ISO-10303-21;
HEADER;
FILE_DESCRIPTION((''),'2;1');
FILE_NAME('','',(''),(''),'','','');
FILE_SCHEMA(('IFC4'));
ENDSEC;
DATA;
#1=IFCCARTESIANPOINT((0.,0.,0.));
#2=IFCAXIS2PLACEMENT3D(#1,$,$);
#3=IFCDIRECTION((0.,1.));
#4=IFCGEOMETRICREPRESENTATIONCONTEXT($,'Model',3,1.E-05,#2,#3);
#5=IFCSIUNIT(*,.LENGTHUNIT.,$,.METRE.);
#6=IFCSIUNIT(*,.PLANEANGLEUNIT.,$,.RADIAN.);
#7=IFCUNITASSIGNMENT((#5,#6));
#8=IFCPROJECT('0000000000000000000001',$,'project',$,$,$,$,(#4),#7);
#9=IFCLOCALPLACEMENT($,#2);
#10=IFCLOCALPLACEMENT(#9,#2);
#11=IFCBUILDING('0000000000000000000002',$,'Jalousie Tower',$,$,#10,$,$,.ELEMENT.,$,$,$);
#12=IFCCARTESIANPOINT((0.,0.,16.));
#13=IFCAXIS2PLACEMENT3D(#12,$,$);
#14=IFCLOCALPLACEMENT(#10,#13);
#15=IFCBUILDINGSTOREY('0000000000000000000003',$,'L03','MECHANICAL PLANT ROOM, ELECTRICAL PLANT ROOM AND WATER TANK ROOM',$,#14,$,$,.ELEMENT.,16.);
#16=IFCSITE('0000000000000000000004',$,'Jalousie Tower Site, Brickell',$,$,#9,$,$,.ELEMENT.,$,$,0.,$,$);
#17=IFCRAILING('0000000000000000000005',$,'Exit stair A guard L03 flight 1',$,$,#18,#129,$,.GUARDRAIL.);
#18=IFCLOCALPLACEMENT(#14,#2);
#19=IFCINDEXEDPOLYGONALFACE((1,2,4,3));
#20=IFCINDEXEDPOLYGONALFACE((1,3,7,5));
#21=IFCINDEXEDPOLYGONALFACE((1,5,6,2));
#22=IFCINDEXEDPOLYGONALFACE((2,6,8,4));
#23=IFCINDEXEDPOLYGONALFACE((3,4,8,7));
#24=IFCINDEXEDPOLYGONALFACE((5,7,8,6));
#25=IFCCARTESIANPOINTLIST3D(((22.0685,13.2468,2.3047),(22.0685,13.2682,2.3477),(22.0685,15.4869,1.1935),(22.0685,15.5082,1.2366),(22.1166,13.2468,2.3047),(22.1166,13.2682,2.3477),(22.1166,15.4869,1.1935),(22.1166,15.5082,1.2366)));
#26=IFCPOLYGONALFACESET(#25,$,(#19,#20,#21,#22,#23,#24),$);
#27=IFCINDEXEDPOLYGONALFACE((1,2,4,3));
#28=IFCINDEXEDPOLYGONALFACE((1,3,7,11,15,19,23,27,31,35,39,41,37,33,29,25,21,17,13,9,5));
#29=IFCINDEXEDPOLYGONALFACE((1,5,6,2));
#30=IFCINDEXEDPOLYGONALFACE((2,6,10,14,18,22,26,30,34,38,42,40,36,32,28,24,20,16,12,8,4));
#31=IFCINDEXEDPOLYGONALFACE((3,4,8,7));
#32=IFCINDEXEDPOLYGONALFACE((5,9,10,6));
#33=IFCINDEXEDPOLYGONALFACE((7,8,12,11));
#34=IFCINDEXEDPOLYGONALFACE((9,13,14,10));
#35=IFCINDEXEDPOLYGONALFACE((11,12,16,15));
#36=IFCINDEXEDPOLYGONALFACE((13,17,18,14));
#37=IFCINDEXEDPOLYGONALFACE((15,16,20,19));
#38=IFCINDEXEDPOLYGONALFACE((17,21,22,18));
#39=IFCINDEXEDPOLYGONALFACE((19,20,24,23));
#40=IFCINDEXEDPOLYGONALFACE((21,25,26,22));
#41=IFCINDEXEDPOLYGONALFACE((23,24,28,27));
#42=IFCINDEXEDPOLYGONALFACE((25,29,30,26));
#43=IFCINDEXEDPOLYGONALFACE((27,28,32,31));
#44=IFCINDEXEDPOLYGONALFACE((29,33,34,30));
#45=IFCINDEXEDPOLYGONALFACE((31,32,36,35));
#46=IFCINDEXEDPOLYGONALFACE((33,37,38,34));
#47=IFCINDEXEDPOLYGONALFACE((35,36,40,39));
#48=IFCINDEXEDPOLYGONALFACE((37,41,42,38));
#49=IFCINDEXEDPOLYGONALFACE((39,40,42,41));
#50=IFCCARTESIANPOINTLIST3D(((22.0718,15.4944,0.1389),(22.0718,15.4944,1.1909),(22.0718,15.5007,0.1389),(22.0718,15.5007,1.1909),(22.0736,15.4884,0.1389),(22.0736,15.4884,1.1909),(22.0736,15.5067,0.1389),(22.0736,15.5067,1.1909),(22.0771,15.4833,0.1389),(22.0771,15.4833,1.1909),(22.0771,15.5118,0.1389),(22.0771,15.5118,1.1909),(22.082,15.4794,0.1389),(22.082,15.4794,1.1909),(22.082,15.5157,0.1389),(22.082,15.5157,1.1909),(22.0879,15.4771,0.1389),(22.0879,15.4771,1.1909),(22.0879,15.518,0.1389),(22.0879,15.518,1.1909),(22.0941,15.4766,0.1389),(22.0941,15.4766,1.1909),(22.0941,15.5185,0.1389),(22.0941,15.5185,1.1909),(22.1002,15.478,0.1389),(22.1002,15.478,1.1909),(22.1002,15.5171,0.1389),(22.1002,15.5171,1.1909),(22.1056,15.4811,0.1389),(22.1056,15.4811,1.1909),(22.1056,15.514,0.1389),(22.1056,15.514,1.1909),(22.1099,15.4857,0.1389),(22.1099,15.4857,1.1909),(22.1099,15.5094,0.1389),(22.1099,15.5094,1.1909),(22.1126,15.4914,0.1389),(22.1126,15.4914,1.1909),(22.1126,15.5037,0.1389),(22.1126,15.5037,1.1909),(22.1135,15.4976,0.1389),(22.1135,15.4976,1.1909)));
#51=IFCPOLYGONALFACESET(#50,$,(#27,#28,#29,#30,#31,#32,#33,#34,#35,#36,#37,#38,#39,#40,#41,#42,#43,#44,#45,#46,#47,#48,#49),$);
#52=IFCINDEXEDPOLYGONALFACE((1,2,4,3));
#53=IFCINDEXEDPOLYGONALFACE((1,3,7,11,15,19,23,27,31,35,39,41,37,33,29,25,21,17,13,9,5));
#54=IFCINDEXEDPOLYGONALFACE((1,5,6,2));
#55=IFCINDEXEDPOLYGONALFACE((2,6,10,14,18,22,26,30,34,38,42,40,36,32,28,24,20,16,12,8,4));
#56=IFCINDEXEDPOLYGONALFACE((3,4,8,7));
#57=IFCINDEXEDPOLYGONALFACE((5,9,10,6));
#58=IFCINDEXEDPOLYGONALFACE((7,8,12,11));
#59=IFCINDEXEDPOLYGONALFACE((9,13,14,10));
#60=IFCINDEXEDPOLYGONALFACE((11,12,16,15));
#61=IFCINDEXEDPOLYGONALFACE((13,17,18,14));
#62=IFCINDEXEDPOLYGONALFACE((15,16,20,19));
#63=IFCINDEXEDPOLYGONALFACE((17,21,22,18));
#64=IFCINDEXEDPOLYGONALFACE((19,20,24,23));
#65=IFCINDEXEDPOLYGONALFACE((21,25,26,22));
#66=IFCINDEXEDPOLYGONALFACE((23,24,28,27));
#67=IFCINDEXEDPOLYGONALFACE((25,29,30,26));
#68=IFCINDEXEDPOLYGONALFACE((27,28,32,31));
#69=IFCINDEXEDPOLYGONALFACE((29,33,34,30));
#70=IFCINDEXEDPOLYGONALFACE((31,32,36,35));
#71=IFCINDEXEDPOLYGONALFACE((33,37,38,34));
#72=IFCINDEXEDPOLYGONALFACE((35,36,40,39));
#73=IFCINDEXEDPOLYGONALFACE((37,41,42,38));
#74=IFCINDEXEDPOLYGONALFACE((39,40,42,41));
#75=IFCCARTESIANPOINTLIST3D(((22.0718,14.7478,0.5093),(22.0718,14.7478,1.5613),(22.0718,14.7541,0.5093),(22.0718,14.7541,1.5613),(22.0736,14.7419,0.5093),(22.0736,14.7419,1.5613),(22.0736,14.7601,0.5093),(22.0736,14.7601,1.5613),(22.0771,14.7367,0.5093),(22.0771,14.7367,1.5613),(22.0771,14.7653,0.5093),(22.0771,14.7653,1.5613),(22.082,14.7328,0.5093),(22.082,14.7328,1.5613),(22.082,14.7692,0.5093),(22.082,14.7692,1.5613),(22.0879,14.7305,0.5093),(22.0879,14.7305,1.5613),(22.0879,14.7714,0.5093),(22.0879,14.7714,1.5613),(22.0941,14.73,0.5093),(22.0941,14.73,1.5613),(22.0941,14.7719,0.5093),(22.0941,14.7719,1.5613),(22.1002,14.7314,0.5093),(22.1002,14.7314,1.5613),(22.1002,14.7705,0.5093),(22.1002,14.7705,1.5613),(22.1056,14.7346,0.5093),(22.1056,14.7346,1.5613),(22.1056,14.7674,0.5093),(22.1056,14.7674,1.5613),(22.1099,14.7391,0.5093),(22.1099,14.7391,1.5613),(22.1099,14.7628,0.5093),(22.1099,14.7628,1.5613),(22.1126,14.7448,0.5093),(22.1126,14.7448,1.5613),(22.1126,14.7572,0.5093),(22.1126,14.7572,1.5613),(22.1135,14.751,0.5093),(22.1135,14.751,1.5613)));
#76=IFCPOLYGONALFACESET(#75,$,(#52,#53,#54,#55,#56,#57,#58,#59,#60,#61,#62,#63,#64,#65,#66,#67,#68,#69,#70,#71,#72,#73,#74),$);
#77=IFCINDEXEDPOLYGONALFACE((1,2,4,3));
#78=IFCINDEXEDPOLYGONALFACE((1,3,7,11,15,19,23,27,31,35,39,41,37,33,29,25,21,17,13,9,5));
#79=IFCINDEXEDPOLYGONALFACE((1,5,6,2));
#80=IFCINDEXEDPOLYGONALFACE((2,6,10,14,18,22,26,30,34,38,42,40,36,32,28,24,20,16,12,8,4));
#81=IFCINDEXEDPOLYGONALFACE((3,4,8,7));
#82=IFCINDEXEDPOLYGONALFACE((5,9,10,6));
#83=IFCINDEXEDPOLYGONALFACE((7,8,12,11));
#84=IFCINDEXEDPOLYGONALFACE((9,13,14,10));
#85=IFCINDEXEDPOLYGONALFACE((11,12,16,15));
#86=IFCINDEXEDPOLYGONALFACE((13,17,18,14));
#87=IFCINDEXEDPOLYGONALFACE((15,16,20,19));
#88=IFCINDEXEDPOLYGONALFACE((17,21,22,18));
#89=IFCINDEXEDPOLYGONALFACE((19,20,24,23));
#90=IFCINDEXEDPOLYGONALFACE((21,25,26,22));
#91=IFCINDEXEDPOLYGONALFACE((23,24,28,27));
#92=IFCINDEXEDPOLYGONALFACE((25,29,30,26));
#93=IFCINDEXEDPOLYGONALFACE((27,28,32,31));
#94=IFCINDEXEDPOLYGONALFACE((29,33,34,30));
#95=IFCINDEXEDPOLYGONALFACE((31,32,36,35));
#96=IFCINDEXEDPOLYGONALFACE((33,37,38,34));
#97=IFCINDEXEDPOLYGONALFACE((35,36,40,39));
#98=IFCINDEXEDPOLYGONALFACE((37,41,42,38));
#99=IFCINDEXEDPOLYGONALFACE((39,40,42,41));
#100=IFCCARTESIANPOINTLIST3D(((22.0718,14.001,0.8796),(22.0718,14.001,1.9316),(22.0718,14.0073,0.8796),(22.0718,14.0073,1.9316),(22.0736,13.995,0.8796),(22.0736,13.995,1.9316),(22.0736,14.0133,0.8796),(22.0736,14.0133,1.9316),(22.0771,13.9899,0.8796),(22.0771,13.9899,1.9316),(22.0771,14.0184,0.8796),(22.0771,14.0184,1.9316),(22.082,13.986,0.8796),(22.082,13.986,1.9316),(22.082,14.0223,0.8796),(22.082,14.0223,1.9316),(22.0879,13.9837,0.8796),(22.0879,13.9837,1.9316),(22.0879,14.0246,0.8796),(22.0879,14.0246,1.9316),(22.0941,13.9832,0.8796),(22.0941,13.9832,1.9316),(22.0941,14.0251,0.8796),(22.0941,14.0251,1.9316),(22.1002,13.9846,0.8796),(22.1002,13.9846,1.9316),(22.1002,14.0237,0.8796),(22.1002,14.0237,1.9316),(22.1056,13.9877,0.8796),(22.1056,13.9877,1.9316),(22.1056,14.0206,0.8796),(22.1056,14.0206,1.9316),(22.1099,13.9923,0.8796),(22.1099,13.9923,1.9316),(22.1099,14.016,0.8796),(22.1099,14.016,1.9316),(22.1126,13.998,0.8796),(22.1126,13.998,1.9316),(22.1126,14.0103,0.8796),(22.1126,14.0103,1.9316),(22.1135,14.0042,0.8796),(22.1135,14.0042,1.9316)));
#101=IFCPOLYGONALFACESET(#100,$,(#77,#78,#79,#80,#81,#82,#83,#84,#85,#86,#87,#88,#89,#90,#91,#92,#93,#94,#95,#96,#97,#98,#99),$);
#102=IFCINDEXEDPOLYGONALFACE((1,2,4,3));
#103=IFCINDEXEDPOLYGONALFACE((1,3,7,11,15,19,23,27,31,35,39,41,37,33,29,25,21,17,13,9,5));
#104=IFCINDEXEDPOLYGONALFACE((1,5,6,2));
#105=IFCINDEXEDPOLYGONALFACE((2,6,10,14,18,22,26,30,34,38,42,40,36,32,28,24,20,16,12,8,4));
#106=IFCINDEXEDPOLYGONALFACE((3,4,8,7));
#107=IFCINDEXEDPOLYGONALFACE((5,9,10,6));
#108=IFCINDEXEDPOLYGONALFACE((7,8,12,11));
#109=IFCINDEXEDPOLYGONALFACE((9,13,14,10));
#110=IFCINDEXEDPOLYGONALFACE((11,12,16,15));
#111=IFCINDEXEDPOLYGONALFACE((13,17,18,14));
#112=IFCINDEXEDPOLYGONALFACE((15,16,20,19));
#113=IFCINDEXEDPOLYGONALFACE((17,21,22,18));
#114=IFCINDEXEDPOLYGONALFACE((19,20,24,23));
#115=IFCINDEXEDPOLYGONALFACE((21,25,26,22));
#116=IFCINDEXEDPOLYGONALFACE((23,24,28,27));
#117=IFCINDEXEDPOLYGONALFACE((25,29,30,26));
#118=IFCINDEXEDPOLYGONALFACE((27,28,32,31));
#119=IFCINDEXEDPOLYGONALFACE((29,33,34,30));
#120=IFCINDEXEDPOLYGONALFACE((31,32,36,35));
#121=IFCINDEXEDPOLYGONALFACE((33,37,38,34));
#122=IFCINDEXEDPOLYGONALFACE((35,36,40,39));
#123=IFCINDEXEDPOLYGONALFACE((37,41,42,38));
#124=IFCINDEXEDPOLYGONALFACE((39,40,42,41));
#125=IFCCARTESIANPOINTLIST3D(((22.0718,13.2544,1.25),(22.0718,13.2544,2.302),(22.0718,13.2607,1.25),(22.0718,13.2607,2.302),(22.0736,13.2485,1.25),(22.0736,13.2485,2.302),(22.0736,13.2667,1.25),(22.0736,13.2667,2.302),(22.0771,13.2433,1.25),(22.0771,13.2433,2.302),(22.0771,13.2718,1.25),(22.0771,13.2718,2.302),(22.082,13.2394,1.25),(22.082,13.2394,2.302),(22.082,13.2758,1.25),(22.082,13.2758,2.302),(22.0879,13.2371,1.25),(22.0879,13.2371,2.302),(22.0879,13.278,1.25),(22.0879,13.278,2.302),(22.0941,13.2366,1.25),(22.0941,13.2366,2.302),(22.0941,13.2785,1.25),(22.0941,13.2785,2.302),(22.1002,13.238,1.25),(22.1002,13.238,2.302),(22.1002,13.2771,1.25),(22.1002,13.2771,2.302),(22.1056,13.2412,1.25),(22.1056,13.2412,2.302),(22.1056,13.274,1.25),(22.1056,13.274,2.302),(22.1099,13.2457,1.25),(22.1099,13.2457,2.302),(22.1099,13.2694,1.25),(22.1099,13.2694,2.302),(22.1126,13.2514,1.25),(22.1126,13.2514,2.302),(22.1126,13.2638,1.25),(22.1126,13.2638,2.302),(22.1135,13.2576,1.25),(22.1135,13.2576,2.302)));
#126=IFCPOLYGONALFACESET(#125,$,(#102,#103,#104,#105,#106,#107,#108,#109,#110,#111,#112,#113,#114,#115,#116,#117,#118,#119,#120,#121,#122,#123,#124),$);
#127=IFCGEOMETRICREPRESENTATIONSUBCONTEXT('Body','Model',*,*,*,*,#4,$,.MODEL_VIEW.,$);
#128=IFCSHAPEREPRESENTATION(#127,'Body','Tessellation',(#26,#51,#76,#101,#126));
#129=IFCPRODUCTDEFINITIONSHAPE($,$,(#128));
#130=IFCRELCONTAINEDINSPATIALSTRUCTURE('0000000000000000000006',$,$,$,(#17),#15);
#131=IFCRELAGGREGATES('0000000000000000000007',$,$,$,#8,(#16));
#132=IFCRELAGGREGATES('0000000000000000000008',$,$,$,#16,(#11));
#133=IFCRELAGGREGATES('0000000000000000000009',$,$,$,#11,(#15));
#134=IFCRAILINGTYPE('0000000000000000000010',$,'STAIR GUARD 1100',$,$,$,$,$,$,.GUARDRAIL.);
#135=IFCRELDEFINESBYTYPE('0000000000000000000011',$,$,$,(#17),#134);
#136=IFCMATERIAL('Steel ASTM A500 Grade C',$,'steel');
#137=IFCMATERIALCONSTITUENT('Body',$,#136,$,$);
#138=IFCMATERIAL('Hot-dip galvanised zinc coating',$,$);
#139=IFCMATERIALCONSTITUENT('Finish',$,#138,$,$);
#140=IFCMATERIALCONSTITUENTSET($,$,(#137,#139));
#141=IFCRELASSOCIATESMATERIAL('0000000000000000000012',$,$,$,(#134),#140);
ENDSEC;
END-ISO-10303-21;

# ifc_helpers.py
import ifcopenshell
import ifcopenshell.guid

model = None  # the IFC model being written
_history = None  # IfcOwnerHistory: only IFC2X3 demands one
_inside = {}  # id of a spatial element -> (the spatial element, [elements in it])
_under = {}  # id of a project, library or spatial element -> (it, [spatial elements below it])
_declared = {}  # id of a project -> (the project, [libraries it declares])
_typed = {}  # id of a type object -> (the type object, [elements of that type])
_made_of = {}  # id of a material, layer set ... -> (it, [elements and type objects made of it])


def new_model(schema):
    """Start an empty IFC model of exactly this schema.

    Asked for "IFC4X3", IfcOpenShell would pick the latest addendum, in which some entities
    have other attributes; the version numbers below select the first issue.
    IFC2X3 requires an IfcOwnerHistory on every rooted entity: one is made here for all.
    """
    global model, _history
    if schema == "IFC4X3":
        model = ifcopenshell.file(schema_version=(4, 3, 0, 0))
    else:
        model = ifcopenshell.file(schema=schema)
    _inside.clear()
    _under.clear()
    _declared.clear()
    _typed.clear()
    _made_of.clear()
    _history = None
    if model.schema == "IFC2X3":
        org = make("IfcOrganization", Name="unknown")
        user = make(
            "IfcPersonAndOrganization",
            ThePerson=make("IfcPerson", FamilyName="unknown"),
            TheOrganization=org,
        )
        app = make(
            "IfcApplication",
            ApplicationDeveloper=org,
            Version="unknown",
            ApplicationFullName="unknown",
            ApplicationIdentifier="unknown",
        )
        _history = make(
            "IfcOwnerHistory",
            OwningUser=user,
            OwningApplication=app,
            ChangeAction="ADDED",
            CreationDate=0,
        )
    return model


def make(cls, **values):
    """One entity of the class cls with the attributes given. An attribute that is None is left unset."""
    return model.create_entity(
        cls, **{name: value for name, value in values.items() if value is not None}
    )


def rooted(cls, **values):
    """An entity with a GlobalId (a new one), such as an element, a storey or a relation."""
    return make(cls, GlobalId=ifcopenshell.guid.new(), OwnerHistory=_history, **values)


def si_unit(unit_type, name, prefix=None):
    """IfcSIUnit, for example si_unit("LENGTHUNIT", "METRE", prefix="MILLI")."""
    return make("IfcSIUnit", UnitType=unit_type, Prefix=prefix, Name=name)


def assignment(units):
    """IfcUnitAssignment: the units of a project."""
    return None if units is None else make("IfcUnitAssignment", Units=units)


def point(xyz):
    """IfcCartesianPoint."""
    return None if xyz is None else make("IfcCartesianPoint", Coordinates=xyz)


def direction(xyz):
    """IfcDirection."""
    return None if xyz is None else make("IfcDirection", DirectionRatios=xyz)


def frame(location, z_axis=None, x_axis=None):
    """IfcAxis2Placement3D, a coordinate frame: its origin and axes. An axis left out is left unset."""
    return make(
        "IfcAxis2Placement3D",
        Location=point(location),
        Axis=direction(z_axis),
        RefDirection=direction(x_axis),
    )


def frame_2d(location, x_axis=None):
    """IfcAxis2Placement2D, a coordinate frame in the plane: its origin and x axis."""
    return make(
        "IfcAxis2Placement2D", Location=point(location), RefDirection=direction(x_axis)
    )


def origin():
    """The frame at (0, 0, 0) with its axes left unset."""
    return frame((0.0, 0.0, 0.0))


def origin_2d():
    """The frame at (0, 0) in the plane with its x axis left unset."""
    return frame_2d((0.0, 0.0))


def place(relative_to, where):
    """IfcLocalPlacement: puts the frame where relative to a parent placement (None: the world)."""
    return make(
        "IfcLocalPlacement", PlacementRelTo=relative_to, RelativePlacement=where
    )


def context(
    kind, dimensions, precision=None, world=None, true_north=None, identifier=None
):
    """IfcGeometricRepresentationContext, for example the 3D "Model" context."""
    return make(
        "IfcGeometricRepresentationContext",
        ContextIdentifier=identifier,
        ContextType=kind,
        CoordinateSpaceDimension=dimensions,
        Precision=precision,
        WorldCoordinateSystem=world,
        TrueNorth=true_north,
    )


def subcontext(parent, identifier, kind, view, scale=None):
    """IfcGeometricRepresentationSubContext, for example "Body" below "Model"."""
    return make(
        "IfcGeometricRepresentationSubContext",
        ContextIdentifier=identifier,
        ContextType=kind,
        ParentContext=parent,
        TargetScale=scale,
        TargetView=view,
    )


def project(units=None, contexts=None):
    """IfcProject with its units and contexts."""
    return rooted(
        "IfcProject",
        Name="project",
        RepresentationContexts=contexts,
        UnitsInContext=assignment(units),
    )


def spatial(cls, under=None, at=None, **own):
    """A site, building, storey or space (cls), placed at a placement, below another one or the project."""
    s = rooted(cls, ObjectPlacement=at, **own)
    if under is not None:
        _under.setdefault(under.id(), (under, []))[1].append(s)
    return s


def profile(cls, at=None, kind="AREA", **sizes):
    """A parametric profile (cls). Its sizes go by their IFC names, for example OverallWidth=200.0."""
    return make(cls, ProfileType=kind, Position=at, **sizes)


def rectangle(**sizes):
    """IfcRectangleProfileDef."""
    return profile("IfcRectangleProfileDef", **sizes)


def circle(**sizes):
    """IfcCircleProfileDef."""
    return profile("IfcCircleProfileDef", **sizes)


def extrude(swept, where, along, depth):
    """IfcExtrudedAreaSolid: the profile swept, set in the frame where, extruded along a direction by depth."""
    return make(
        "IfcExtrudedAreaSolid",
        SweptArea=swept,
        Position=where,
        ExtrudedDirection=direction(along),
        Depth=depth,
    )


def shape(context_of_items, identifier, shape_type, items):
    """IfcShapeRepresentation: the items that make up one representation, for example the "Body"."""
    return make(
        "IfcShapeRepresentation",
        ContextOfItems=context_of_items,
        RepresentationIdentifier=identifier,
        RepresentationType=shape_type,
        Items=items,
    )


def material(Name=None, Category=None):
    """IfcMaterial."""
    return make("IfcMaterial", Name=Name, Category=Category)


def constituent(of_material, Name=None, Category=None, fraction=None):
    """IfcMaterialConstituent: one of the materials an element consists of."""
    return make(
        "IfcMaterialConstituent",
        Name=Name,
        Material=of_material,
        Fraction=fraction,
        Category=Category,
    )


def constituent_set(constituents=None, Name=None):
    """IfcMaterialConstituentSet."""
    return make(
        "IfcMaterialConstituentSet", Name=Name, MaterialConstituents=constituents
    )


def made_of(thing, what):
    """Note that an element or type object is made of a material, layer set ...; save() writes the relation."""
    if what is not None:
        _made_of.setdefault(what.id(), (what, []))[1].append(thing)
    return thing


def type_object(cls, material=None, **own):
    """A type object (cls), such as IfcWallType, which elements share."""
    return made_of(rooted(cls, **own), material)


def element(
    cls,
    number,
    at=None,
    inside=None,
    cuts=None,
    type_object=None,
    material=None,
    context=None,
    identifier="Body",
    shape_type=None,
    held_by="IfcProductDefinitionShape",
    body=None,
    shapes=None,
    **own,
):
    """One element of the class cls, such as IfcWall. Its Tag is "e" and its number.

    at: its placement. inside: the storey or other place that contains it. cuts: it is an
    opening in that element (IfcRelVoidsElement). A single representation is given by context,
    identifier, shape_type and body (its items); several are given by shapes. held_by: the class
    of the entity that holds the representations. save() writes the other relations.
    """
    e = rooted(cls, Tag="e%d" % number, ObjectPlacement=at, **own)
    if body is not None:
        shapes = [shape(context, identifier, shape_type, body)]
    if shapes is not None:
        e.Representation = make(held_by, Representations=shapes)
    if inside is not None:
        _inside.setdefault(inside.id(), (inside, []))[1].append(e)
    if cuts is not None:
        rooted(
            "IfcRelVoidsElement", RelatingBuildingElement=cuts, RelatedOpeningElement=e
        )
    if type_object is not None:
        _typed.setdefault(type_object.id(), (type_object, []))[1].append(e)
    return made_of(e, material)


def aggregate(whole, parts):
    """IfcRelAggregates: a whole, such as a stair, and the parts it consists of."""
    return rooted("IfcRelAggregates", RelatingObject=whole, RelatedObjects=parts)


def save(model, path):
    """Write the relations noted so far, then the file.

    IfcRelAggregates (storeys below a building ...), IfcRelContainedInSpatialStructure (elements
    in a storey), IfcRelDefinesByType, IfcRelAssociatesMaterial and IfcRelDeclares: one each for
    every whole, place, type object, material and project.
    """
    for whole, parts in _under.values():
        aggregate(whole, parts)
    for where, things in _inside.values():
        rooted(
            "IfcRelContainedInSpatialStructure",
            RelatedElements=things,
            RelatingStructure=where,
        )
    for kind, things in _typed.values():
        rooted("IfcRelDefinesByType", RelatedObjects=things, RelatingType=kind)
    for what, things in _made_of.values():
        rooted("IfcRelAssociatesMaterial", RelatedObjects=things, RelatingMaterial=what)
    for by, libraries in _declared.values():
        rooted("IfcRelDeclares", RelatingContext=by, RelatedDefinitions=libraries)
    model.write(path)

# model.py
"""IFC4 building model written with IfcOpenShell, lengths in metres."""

from ifc_helpers import new_model, si_unit, direction, frame, origin, origin_2d, place, context, subcontext, project, spatial, rectangle, circle, extrude, material, constituent, constituent_set, type_object, element, save


model = new_model("IFC4")

# Units and contexts
model_context = context("Model", 3, precision=1e-05, world=origin(), true_north=direction((0.0, 1.0)))
body_context = subcontext(model_context, "Body", "Model", "MODEL_VIEW")
ifc_project = project(units=[si_unit("LENGTHUNIT", "METRE"), si_unit("PLANEANGLEUNIT", "RADIAN")], contexts=[model_context])

# Site, building, storey
site_placement = place(None, origin())
site = spatial("IfcSite", under=ifc_project, at=site_placement, Name="Jalousie Tower Site, Brickell", CompositionType="ELEMENT", RefElevation=0.0)
building_placement = place(site_placement, origin())
building = spatial("IfcBuilding", under=site, at=building_placement, Name="Jalousie Tower", CompositionType="ELEMENT")
storey_placement = place(building_placement, frame((0.0, 0.0, 16.0)))
storey = spatial("IfcBuildingStorey", under=building, at=storey_placement, Name="L03", Description="MECHANICAL PLANT ROOM, ELECTRICAL PLANT ROOM AND WATER TANK ROOM", CompositionType="ELEMENT", Elevation=16.0)

# Railing
ifc_material_1 = material(Name="Steel ASTM A500 Grade C", Category="steel")
ifc_constituent_1 = constituent(ifc_material_1, Name="Body")
ifc_material_2 = material(Name="Hot-dip galvanised zinc coating")
ifc_constituent_2 = constituent(ifc_material_2, Name="Finish")
ifc_constituent_set_1 = constituent_set(constituents=[ifc_constituent_1, ifc_constituent_2])
railing_type_1 = type_object("IfcRailingType", Name="STAIR GUARD 1100", PredefinedType="GUARDRAIL", material=ifc_constituent_set_1)
railing_1_placement = place(storey_placement, frame((22.0925, 15.4976, 0.1389)))
element("IfcRailing", 1, at=railing_1_placement, inside=storey, type_object=railing_type_1, Name="Exit stair A guard L03 flight 1", PredefinedType="GUARDRAIL", context=body_context, shape_type="SweptSolid", body=[
    extrude(rectangle(XDim=0.0481, YDim=0.0481, at=origin_2d()), frame((0.0, 0.0, 1.0762), z_axis=(0.0, -0.895848, 0.44436), x_axis=(1.0, 0.0, 0.0)), (0.0, 0.0, 1.0), 2.5005),
    extrude(circle(Radius=0.021, at=origin_2d()), origin(), (0.0, 0.0, 1.0), 1.052),
    extrude(circle(Radius=0.021, at=origin_2d()), frame((0.0, -0.7466, 0.3704)), (0.0, 0.0, 1.0), 1.052),
    extrude(circle(Radius=0.021, at=origin_2d()), frame((0.0, -1.4934, 0.7407)), (0.0, 0.0, 1.0), 1.052),
    extrude(circle(Radius=0.021, at=origin_2d()), frame((0.0, -2.24, 1.1111)), (0.0, 0.0, 1.0), 1.052),
])

save(model, "model.ifc")
